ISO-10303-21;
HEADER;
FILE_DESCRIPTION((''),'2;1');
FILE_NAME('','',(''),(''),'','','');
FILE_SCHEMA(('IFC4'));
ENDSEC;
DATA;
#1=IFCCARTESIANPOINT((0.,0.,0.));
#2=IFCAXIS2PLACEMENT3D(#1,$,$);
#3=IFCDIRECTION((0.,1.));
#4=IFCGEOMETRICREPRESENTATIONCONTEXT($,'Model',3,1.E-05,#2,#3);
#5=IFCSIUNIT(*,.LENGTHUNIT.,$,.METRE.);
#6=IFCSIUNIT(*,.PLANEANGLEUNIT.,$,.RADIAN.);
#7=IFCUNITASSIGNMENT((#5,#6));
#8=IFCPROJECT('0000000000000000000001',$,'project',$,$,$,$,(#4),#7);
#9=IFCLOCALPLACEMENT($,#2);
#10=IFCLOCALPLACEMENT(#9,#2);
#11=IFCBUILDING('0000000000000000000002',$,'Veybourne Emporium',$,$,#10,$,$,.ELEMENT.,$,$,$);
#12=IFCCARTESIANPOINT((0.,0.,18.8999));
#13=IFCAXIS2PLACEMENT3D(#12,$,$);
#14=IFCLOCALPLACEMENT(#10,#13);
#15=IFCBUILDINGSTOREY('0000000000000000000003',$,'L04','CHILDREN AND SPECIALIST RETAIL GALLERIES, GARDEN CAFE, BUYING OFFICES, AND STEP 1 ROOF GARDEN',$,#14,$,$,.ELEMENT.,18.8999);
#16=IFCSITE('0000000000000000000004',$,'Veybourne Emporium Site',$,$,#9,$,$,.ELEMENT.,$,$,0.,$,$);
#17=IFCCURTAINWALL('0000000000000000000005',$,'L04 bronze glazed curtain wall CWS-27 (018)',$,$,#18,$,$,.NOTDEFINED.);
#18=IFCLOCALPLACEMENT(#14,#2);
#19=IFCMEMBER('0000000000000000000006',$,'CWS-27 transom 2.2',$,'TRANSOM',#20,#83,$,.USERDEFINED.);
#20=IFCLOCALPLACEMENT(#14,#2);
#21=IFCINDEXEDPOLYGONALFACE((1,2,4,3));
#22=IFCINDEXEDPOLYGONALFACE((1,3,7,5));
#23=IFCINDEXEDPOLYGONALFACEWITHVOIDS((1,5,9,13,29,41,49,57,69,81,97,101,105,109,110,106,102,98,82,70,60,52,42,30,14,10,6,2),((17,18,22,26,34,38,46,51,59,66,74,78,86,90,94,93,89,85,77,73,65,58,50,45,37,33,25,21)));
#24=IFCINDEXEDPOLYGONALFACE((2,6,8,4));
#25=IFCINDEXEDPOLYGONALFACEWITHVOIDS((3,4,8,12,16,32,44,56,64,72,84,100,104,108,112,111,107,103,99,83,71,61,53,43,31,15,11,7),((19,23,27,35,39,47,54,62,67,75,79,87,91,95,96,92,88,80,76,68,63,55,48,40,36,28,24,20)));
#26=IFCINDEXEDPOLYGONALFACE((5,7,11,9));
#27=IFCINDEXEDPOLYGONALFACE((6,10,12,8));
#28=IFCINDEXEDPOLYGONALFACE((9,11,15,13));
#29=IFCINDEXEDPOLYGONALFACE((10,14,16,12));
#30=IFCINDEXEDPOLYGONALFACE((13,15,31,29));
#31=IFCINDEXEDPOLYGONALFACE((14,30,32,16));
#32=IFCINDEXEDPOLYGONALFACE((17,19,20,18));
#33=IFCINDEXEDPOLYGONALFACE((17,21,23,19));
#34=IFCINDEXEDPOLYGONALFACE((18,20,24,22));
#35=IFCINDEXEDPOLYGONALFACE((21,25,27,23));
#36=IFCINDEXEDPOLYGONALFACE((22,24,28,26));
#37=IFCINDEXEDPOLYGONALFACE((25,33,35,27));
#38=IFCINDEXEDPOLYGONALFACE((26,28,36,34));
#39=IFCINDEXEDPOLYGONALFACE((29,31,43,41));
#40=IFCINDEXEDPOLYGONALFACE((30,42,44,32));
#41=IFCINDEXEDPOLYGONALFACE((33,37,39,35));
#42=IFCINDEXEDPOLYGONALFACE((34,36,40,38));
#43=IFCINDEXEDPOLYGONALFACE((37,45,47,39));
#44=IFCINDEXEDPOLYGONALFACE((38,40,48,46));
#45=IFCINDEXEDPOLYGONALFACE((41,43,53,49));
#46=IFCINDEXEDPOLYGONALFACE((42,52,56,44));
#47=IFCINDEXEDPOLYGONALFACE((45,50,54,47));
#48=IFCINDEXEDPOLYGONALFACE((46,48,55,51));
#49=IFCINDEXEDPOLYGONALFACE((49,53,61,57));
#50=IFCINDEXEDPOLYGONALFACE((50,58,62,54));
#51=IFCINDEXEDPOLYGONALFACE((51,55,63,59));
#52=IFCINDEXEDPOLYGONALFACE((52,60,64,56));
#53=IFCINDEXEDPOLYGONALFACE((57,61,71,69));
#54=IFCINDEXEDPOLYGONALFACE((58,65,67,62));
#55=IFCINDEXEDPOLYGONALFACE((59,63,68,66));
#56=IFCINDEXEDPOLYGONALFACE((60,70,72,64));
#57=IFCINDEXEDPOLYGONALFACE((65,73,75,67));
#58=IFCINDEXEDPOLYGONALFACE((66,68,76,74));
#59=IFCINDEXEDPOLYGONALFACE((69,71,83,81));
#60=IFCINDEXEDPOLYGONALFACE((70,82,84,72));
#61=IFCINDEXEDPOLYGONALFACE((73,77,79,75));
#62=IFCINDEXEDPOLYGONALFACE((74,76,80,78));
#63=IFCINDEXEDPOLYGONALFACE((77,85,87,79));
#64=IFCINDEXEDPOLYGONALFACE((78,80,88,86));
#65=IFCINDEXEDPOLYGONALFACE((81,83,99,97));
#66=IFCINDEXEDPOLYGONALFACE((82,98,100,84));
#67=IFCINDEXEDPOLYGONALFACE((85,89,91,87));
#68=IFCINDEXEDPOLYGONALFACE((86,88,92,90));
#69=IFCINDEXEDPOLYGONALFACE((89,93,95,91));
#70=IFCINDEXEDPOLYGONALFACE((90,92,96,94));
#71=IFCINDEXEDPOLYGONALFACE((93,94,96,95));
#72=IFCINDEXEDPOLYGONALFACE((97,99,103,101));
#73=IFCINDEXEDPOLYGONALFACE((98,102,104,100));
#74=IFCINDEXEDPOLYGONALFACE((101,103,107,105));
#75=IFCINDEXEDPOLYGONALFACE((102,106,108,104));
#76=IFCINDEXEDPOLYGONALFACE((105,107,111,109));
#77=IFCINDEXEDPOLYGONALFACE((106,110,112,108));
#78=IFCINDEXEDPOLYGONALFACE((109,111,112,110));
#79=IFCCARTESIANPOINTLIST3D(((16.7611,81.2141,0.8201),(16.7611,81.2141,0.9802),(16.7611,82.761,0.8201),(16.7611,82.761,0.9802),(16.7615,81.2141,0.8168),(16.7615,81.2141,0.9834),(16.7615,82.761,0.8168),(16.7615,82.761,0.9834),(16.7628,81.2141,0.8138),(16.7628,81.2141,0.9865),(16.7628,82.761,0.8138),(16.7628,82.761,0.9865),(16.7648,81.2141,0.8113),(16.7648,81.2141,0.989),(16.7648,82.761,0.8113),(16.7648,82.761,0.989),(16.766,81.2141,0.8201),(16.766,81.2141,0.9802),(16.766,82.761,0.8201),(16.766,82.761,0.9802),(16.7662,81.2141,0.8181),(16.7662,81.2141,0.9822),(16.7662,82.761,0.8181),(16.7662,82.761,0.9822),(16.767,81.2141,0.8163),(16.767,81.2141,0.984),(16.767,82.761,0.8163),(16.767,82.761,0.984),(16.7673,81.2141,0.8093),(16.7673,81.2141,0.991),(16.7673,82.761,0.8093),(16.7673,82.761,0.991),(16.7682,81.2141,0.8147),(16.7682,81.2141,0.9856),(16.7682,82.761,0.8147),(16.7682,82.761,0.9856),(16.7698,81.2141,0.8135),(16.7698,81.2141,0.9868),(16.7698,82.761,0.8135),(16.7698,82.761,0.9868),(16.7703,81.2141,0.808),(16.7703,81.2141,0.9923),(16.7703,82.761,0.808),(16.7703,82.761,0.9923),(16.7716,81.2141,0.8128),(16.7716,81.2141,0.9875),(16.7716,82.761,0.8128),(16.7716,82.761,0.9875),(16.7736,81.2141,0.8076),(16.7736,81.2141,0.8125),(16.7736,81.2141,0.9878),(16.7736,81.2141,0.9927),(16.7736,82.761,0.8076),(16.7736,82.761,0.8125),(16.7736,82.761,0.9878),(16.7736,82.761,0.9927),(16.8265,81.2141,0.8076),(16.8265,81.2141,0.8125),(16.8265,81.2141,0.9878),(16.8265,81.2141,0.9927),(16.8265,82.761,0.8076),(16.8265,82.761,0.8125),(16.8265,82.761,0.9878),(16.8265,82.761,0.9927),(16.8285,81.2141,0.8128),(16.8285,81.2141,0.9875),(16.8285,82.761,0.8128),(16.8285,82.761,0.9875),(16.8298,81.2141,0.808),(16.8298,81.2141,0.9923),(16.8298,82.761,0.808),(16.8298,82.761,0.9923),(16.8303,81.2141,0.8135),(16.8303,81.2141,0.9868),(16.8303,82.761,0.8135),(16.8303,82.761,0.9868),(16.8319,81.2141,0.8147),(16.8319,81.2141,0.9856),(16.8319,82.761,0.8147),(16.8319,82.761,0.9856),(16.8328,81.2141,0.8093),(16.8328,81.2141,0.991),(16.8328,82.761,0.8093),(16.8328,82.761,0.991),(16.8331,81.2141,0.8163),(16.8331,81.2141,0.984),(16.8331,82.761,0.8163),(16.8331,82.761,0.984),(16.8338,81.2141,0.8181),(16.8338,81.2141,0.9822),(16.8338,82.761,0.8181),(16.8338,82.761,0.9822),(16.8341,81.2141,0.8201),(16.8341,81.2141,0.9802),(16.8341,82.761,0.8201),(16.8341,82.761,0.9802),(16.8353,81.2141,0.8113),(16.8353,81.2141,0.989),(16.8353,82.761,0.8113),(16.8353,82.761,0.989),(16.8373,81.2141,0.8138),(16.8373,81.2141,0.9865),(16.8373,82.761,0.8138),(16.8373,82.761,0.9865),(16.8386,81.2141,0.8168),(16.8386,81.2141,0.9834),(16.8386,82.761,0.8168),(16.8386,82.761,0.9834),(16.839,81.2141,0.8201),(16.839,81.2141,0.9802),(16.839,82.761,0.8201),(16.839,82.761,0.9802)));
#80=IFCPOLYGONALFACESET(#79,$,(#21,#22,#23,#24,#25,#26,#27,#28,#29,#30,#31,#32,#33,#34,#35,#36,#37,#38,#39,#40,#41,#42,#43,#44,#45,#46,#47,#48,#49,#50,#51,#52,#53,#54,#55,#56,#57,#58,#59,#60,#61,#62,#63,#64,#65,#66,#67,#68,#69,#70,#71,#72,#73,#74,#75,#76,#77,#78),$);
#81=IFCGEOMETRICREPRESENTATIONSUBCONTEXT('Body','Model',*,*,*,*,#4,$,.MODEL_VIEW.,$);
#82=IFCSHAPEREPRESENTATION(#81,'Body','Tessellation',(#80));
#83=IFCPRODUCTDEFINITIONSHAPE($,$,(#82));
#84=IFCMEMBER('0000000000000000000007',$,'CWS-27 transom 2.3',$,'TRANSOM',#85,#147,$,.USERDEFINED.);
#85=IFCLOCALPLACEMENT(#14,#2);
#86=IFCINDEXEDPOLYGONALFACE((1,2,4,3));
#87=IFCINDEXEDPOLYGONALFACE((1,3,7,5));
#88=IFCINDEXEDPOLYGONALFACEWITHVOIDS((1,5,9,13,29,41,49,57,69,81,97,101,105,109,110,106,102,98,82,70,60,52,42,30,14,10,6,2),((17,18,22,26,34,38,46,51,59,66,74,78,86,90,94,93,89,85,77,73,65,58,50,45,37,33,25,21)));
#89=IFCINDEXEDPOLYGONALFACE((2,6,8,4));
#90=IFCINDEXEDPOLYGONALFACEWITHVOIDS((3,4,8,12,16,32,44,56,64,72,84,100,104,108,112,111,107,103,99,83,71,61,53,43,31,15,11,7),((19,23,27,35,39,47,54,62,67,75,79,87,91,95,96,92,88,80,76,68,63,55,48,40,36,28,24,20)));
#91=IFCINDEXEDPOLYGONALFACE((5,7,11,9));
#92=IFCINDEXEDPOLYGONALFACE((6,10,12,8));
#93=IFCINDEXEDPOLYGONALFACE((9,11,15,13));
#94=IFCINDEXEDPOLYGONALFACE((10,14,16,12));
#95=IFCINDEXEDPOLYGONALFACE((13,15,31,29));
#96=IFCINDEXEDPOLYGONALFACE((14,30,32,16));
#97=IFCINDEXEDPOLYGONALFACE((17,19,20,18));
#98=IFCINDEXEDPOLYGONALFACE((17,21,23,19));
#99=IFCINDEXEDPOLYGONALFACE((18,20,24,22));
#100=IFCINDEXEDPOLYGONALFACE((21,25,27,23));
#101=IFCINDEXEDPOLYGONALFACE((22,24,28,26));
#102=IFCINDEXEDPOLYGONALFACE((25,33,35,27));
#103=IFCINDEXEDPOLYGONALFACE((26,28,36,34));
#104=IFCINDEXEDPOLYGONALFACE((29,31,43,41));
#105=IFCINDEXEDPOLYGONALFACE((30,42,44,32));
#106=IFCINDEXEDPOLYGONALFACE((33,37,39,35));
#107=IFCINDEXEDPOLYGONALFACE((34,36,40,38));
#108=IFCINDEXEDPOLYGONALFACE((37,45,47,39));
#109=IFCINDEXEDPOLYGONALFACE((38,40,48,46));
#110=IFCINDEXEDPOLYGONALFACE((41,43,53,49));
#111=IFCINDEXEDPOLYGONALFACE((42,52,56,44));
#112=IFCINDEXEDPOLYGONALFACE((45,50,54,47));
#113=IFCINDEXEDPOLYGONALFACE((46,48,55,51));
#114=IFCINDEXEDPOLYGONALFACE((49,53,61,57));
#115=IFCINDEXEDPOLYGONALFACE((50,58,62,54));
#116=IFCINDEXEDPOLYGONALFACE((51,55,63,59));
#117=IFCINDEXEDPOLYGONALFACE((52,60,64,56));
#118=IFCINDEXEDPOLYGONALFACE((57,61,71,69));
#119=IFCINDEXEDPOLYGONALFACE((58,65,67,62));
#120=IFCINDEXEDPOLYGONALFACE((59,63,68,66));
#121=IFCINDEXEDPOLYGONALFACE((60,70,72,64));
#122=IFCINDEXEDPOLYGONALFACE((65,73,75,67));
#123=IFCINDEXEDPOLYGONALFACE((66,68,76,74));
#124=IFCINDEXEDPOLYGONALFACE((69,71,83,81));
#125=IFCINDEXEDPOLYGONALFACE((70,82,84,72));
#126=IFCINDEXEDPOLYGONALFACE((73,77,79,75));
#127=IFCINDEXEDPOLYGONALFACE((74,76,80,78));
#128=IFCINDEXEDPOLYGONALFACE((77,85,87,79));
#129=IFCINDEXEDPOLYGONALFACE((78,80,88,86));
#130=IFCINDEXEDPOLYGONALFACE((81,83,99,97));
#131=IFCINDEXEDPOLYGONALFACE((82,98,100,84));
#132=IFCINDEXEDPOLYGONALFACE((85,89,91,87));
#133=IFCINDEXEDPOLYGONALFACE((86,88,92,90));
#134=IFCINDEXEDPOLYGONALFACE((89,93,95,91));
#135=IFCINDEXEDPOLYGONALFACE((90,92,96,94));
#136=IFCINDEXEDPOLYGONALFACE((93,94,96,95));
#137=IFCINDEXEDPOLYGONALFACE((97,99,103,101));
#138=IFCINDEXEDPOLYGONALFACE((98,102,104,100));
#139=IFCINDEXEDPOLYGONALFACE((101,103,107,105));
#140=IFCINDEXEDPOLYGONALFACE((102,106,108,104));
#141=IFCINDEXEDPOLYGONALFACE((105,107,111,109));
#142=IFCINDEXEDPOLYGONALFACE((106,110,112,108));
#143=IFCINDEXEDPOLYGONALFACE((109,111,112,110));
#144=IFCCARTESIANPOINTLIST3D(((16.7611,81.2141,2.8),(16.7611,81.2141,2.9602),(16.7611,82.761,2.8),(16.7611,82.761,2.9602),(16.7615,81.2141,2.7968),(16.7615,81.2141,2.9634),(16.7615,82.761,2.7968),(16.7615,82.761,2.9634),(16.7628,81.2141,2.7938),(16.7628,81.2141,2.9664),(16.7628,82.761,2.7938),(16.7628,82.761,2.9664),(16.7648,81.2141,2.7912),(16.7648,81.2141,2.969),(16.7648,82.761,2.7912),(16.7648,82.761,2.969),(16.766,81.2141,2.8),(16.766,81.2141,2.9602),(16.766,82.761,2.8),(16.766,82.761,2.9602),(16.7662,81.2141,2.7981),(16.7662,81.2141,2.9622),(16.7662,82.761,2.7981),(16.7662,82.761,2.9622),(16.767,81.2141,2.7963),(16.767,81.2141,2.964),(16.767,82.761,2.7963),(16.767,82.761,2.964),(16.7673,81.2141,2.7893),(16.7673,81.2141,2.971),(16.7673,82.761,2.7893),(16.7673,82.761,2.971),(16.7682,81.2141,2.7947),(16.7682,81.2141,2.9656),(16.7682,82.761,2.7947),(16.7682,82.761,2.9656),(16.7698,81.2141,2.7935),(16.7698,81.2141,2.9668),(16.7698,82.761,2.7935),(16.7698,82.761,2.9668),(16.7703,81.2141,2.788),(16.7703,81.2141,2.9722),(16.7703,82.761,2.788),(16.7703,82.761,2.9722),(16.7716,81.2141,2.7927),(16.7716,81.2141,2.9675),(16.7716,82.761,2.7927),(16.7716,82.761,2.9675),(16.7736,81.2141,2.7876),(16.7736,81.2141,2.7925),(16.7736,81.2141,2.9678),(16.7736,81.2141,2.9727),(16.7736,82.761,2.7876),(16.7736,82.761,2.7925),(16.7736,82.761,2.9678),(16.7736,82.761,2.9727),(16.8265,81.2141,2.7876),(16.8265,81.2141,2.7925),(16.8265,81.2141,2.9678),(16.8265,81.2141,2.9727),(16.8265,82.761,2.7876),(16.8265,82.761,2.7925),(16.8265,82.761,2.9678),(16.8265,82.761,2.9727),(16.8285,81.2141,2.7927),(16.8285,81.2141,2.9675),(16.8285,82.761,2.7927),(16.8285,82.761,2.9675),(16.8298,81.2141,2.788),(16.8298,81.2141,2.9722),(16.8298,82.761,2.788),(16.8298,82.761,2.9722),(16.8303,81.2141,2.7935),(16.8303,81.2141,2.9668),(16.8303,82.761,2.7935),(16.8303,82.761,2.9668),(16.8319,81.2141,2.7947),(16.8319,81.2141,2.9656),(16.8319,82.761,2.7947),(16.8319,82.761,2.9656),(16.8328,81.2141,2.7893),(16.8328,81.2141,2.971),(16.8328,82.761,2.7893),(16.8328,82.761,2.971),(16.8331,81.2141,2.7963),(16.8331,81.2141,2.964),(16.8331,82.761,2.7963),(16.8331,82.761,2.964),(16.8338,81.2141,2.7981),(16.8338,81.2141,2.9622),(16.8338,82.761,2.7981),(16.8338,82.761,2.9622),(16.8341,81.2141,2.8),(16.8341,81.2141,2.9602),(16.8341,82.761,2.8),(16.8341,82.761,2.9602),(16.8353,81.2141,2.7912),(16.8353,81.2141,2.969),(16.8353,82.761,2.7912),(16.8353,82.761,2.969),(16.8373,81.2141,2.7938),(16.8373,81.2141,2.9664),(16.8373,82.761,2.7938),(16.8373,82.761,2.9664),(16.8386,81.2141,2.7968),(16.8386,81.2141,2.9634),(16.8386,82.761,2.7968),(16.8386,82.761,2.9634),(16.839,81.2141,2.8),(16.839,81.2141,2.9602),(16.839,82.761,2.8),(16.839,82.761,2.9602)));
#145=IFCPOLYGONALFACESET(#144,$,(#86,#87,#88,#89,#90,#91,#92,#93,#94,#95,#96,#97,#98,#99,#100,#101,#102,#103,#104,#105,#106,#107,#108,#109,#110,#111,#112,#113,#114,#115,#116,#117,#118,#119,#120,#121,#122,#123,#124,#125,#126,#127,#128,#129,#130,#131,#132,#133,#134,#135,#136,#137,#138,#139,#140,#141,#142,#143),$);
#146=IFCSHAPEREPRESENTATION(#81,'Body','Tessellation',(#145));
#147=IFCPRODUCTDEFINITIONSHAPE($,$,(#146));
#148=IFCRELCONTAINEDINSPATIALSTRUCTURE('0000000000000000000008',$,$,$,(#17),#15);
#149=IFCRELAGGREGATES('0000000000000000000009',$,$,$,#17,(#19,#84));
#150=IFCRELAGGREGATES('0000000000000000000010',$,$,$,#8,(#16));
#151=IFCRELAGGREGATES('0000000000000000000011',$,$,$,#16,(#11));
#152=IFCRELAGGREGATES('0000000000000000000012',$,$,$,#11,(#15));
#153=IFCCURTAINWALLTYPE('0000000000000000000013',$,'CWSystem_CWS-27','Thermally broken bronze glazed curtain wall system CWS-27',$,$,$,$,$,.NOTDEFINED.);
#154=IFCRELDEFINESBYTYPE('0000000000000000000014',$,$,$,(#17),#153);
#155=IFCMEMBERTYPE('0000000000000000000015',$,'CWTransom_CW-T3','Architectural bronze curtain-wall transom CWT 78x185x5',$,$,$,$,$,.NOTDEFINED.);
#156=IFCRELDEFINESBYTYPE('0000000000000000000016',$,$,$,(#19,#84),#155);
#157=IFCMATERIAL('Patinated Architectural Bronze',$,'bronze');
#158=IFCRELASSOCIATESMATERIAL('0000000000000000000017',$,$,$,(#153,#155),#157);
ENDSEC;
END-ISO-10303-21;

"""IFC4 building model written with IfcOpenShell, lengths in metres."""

from ifc_helpers import new_model, si_unit, direction, frame, origin, origin_2d, place, context, subcontext, project, spatial, hollow_rectangle, extrude, material, material_profile, profile_set, type_object, element, aggregate, save


model = new_model("IFC4")

# Units and contexts
model_context = context("Model", 3, precision=1e-05, world=origin(), true_north=direction((0.0, 1.0)))
body_context = subcontext(model_context, "Body", "Model", "MODEL_VIEW")
ifc_project = project(units=[si_unit("LENGTHUNIT", "METRE"), si_unit("PLANEANGLEUNIT", "RADIAN")], contexts=[model_context])

# Site, building, storey
site_placement = place(None, origin())
site = spatial("IfcSite", under=ifc_project, at=site_placement, Name="Veybourne Emporium Site", CompositionType="ELEMENT", RefElevation=0.0)
building_placement = place(site_placement, origin())
building = spatial("IfcBuilding", under=site, at=building_placement, Name="Veybourne Emporium", CompositionType="ELEMENT")
storey_placement = place(building_placement, frame((0.0, 0.0, 18.8999)))
storey = spatial("IfcBuildingStorey", under=building, at=storey_placement, Name="L04", Description="CHILDREN AND SPECIALIST RETAIL GALLERIES, GARDEN CAFE, BUYING OFFICES, AND STEP 1 ROOF GARDEN", CompositionType="ELEMENT", Elevation=18.8999)

# Curtain wall, members
ifc_material_1 = material(Name="Patinated Architectural Bronze", Category="bronze")
curtain_wall_type = type_object("IfcCurtainWallType", Name="CWSystem_CWS-27", Description="Thermally broken bronze glazed curtain wall system CWS-27", PredefinedType="NOTDEFINED", material=ifc_material_1)
curtain_wall_placement = place(storey_placement, origin())
curtain_wall = element("IfcCurtainWall", 1, at=curtain_wall_placement, inside=storey, type_object=curtain_wall_type, Name="L04 bronze glazed curtain wall CWS-27 (018)", PredefinedType="NOTDEFINED")
ifc_material_profile_1 = material_profile(ifc_material_1, hollow_rectangle(XDim=0.0779, YDim=0.1851, WallThickness=0.0049, InnerFilletRadius=0.0076, OuterFilletRadius=0.0125, at=origin_2d()), Name="CWT 78x185x5")
ifc_profile_set_1 = profile_set([ifc_material_profile_1], Name="Patinated Architectural Bronze")
member_type_1 = type_object("IfcMemberType", Name="CWTransom_CW-T3", Description="Architectural bronze curtain-wall transom CWT 78x185x5", PredefinedType="NOTDEFINED", material=ifc_profile_set_1)
member_1_placement = place(storey_placement, frame((16.8, 81.2141, 0.9001), z_axis=(0.0, 1.0, 0.0), x_axis=(-1.0, 0.0, 0.0)))
member_1 = element("IfcMember", 2, at=member_1_placement, type_object=member_type_1, Name="CWS-27 transom 2.2", ObjectType="TRANSOM", PredefinedType="USERDEFINED", context=body_context, shape_type="SweptSolid", body=[
    extrude(hollow_rectangle(XDim=0.0779, YDim=0.1851, WallThickness=0.0049, InnerFilletRadius=0.0076, OuterFilletRadius=0.0125, at=origin_2d()), origin(), (0.0, 0.0, 1.0), 1.5469),
])
member_2_placement = place(storey_placement, frame((16.8, 81.2141, 2.8801), z_axis=(0.0, 1.0, 0.0), x_axis=(-1.0, 0.0, 0.0)))
member_2 = element("IfcMember", 3, at=member_2_placement, type_object=member_type_1, Name="CWS-27 transom 2.3", ObjectType="TRANSOM", PredefinedType="USERDEFINED", context=body_context, shape_type="SweptSolid", body=[
    extrude(hollow_rectangle(XDim=0.0779, YDim=0.1851, WallThickness=0.0049, InnerFilletRadius=0.0076, OuterFilletRadius=0.0125, at=origin_2d()), origin(), (0.0, 0.0, 1.0), 1.5469),
])

aggregate(curtain_wall, [member_1, member_2])

save(model, "model.ifc")
